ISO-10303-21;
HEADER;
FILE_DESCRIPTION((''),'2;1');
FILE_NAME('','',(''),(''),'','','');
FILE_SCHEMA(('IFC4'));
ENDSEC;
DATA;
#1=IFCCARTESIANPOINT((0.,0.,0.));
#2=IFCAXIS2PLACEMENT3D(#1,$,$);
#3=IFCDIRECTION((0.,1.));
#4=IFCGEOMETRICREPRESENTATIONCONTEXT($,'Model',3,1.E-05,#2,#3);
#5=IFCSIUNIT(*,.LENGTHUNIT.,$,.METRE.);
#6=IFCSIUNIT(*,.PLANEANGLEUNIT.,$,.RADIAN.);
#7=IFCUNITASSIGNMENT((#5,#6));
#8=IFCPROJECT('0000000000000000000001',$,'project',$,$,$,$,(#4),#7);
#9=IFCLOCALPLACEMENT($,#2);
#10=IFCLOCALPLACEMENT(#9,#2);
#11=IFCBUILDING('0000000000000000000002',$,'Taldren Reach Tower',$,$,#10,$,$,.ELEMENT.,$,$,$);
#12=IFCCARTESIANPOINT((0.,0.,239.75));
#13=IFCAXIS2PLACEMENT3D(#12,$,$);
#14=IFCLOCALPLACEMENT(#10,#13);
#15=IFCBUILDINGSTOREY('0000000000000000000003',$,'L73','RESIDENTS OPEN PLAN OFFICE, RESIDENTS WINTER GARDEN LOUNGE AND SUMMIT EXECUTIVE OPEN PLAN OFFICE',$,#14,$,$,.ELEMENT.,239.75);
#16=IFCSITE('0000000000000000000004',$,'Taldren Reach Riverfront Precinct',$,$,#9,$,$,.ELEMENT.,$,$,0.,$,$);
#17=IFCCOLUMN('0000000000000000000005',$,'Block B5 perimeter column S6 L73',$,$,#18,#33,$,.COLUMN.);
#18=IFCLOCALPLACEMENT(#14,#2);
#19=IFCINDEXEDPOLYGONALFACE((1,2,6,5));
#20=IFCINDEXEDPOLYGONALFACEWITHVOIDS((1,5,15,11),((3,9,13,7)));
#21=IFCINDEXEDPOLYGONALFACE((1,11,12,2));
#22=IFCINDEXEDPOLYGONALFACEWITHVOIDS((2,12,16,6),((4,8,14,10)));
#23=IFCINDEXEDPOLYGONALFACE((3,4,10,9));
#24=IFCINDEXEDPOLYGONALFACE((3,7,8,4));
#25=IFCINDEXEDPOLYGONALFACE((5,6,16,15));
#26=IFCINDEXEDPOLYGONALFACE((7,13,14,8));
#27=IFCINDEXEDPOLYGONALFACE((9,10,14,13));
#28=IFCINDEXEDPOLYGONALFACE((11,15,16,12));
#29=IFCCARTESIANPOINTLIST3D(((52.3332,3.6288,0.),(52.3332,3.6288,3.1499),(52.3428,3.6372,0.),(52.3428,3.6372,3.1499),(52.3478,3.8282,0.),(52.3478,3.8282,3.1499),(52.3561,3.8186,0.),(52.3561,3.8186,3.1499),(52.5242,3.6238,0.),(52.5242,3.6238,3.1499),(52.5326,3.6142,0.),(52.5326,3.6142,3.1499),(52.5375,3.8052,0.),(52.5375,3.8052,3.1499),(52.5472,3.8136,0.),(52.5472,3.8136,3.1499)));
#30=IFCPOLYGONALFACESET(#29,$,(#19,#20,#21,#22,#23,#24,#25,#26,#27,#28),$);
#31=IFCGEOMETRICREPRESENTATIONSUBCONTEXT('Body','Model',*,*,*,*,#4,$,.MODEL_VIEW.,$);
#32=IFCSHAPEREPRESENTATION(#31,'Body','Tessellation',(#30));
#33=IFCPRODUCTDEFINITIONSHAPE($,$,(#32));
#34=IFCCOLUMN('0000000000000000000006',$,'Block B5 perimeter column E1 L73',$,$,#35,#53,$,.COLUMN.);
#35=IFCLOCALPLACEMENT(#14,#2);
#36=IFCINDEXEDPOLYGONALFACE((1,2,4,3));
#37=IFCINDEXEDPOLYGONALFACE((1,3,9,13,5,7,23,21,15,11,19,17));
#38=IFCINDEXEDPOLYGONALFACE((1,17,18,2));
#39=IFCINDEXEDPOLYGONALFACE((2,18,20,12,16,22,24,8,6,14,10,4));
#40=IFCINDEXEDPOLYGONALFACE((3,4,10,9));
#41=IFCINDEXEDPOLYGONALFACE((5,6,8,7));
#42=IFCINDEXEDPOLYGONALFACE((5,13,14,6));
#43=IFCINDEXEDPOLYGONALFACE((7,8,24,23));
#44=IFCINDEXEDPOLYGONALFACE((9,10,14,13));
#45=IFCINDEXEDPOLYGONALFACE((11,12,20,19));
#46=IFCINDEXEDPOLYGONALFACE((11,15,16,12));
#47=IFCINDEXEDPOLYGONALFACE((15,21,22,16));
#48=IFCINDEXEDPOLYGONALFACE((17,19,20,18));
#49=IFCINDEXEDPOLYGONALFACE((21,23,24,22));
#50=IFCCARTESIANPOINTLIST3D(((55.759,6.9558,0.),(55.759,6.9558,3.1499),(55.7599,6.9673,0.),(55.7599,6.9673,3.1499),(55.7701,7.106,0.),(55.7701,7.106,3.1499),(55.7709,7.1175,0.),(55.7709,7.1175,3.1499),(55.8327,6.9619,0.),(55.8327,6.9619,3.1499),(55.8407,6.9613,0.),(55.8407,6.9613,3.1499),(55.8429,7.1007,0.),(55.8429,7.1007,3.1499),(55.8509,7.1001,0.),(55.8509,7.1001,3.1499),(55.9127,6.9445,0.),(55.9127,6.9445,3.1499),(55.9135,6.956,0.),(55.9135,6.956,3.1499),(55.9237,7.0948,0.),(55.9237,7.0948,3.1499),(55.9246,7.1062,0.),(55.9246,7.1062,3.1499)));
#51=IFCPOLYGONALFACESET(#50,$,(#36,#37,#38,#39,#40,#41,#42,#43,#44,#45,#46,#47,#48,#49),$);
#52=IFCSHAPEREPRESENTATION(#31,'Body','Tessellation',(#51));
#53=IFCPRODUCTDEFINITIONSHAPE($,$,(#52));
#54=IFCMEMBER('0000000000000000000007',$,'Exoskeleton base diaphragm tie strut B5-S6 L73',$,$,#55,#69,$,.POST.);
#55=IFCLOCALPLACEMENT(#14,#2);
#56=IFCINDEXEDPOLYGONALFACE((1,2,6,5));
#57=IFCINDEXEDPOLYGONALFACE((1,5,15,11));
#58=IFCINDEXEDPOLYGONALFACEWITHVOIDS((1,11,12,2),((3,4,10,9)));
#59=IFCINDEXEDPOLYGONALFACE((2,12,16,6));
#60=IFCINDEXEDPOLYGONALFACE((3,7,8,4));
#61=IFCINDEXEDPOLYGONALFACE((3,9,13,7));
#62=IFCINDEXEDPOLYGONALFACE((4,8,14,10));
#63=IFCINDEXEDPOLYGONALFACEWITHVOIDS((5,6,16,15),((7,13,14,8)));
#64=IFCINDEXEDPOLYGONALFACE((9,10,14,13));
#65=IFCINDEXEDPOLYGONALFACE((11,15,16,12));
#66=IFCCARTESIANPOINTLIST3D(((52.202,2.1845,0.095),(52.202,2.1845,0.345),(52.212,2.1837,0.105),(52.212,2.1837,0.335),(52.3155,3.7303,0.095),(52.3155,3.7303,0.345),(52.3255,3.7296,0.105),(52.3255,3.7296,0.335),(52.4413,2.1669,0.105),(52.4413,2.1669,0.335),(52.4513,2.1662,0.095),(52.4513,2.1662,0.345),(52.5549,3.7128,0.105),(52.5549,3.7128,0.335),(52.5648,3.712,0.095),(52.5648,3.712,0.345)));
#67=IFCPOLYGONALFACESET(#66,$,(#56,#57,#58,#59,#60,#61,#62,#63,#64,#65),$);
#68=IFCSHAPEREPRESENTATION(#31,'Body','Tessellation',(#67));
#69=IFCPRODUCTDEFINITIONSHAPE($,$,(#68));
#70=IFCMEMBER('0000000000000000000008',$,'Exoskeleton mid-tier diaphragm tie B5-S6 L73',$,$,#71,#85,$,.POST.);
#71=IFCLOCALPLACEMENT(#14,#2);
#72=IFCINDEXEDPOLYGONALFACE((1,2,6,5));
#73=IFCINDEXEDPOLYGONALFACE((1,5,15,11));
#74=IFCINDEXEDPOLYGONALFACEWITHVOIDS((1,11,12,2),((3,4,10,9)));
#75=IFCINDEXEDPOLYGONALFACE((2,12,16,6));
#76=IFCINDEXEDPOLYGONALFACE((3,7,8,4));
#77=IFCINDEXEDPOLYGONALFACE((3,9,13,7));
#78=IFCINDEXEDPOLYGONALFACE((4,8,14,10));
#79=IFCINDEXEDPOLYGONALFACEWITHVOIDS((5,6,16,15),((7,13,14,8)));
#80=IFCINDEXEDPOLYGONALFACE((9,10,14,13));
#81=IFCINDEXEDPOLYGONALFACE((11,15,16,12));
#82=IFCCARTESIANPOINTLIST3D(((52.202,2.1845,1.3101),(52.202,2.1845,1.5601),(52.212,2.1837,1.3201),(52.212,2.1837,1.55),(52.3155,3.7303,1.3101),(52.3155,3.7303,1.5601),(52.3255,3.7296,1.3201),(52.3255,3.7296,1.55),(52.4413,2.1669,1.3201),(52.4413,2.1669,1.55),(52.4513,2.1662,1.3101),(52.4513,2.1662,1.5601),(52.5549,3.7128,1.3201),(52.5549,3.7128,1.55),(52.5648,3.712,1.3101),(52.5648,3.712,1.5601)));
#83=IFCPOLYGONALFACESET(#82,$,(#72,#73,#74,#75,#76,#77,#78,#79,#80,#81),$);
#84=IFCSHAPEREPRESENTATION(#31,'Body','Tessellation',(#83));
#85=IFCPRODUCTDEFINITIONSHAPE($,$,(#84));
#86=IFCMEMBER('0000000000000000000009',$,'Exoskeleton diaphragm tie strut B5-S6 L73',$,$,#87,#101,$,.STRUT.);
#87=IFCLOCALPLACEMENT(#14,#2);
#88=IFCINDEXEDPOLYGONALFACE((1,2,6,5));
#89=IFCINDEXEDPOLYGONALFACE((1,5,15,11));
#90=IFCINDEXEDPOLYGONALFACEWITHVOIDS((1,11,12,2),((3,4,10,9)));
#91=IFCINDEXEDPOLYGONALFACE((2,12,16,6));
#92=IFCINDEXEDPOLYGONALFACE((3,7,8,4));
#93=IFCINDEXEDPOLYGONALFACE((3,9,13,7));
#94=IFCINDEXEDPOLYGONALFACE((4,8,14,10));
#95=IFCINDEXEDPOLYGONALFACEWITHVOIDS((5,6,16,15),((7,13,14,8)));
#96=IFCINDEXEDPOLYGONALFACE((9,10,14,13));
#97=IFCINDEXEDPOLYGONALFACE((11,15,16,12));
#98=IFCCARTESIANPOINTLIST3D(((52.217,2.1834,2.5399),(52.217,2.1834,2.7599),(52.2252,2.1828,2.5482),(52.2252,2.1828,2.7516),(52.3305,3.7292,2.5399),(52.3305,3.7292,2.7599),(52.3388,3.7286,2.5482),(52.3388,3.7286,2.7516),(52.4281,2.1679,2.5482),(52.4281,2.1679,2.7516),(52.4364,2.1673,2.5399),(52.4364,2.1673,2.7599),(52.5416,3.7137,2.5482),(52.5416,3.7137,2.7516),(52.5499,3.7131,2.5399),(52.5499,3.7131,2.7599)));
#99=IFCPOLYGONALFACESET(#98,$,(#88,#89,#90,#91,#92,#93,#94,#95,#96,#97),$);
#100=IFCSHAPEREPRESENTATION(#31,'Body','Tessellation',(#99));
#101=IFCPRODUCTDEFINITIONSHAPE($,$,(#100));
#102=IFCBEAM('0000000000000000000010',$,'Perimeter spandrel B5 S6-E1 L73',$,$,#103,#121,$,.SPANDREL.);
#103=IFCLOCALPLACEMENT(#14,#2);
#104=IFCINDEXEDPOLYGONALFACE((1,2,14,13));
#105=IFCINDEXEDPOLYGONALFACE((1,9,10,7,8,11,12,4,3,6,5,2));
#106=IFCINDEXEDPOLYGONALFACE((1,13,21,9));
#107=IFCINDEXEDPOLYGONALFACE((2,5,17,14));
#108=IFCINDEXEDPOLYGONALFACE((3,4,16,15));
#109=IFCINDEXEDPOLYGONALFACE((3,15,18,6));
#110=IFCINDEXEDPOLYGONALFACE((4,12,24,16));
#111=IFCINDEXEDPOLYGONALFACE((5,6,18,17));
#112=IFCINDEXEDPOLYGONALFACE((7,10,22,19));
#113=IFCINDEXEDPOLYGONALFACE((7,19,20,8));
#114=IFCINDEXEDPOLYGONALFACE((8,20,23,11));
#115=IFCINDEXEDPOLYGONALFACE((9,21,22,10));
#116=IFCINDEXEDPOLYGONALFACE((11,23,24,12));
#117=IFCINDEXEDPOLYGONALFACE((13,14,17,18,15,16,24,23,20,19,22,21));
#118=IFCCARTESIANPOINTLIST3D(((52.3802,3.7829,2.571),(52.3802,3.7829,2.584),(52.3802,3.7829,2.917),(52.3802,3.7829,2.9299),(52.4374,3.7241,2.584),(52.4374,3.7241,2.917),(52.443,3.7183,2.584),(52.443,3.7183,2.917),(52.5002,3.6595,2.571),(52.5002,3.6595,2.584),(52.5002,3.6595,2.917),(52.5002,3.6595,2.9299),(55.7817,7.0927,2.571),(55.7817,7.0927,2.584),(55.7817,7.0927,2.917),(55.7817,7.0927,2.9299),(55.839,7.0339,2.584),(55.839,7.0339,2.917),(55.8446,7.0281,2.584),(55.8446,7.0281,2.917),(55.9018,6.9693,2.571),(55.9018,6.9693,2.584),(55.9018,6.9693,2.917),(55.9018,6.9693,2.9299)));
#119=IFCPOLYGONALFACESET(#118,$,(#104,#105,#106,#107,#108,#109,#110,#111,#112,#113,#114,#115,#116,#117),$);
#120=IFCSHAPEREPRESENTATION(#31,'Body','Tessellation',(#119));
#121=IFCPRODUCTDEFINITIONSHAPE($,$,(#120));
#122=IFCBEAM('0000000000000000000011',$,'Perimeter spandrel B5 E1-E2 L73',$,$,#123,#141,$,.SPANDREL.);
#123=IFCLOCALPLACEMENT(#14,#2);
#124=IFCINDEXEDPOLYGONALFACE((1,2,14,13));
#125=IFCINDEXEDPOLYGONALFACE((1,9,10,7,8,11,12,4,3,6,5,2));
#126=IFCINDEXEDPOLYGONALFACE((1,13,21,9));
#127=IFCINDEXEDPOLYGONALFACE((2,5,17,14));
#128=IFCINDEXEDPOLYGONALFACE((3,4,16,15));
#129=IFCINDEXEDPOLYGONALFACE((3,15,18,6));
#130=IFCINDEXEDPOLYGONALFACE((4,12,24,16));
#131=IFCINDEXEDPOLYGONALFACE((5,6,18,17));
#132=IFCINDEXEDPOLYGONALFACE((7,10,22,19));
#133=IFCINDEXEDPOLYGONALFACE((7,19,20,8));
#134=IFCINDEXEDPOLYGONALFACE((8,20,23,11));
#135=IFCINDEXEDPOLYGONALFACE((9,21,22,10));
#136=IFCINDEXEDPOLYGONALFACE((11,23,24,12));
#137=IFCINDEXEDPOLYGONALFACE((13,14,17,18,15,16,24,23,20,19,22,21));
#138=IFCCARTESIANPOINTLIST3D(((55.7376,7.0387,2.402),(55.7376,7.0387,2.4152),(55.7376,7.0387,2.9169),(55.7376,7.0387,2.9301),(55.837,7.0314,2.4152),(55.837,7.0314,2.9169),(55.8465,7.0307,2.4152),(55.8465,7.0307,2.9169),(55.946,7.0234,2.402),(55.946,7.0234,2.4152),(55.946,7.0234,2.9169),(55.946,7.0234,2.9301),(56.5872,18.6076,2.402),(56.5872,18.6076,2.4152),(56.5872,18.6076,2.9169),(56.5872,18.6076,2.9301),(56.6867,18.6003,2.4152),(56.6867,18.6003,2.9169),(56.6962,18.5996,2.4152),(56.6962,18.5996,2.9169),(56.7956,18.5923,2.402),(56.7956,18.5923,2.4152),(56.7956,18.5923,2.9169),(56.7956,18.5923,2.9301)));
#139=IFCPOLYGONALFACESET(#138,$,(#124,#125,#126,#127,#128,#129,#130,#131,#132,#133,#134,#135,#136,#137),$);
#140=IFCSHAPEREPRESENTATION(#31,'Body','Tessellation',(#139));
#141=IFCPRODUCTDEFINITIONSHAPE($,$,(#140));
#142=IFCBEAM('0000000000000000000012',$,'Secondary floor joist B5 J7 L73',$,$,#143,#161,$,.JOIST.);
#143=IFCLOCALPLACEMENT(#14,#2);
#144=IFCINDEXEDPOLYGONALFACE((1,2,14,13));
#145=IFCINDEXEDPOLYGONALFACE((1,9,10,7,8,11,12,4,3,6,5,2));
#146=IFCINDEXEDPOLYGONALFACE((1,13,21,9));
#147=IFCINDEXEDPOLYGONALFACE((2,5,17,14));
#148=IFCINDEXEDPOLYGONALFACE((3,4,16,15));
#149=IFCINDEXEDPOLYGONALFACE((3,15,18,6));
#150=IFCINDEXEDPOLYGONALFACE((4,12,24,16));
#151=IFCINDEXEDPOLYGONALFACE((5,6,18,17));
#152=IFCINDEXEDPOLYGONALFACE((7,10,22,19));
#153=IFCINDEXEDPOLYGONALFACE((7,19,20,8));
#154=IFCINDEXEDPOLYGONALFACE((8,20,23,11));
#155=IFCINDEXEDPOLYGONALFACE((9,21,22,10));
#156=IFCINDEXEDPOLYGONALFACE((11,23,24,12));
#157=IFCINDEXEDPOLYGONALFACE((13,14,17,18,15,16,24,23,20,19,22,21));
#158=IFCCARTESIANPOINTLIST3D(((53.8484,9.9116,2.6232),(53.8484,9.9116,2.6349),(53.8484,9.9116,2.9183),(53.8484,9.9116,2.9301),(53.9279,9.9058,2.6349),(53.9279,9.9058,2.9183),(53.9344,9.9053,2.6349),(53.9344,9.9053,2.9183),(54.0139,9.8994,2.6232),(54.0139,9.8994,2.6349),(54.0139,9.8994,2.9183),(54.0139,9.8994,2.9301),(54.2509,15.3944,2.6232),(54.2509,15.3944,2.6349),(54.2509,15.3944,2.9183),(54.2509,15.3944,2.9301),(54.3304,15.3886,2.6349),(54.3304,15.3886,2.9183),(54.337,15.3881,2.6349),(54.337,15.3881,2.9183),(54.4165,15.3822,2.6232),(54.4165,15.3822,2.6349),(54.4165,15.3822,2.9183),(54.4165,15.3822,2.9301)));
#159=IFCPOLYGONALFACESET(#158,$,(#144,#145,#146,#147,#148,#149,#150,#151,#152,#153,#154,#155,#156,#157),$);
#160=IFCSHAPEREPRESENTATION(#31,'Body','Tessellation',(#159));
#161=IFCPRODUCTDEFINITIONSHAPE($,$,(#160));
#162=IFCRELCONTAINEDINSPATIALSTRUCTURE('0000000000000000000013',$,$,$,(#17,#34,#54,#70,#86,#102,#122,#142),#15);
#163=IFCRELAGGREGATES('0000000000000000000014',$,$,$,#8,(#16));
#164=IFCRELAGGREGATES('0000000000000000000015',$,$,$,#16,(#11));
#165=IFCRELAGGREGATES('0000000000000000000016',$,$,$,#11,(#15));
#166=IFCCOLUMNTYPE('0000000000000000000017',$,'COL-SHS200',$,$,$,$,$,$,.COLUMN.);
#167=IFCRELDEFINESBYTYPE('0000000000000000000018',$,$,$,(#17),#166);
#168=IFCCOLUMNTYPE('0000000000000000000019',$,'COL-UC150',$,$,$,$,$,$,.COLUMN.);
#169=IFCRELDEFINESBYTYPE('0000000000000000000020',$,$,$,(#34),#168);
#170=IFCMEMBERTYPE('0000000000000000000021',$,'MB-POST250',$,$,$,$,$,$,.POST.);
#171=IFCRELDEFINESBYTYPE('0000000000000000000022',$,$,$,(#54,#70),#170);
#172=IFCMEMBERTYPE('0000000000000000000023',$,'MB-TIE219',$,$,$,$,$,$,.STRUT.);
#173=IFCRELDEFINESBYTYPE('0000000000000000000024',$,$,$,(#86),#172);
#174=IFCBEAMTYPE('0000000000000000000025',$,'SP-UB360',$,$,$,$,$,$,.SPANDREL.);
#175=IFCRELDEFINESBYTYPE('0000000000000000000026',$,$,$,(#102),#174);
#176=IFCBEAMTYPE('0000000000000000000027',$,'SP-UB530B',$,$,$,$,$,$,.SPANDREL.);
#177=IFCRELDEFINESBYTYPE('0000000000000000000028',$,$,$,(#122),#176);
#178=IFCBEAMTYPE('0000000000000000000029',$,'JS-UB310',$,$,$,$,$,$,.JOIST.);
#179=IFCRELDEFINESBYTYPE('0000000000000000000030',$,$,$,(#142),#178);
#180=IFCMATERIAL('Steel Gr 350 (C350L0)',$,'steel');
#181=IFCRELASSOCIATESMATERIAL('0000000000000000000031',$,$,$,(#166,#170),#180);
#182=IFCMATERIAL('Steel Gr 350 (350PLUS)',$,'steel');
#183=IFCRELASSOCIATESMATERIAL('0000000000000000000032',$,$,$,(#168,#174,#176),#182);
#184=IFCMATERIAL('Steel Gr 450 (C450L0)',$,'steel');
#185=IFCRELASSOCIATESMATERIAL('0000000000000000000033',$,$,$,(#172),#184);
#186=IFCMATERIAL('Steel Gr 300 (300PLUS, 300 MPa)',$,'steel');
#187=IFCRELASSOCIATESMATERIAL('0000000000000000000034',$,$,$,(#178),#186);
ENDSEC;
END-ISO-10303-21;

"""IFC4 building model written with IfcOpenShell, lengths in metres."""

from ifc_helpers import new_model, si_unit, direction, frame, origin, origin_2d, place, context, subcontext, project, spatial, hollow_rectangle, i_section, extrude, source, transform, mapped, material, material_profile, profile_set, type_object, element, save


model = new_model("IFC4")

# Units and contexts
model_context = context("Model", 3, precision=1e-05, world=origin(), true_north=direction((0.0, 1.0)))
body_context = subcontext(model_context, "Body", "Model", "MODEL_VIEW")
ifc_project = project(units=[si_unit("LENGTHUNIT", "METRE"), si_unit("PLANEANGLEUNIT", "RADIAN")], contexts=[model_context])

# Site, building, storey
site_placement = place(None, origin())
site = spatial("IfcSite", under=ifc_project, at=site_placement, Name="Taldren Reach Riverfront Precinct", CompositionType="ELEMENT", RefElevation=0.0)
building_placement = place(site_placement, origin())
building = spatial("IfcBuilding", under=site, at=building_placement, Name="Taldren Reach Tower", CompositionType="ELEMENT")
storey_placement = place(building_placement, frame((0.0, 0.0, 239.75)))
storey = spatial("IfcBuildingStorey", under=building, at=storey_placement, Name="L73", Description="RESIDENTS OPEN PLAN OFFICE, RESIDENTS WINTER GARDEN LOUNGE AND SUMMIT EXECUTIVE OPEN PLAN OFFICE", CompositionType="ELEMENT", Elevation=239.75)

# Columns
ifc_material_1 = material(Name="Steel Gr 350 (C350L0)", Category="steel")
ifc_material_profile_1 = material_profile(ifc_material_1, hollow_rectangle(XDim=0.2, YDim=0.2, WallThickness=0.009, at=origin_2d()), Name="200x200x9.0SHS")
ifc_profile_set_1 = profile_set([ifc_material_profile_1], Name="Steel Gr 350 (C350L0)")
column_type_1 = type_object("IfcColumnType", Name="COL-SHS200", PredefinedType="COLUMN", material=ifc_profile_set_1)
shared_shape_1 = source(origin(), body_context, "Body", "SweptSolid", [
    extrude(hollow_rectangle(XDim=0.2, YDim=0.2, WallThickness=0.009, at=origin_2d()), origin(), (0.0, 0.0, 1.0), 3.1499),
])
column_1_placement = place(storey_placement, frame((52.4402, 3.7212, 0.0), z_axis=(0.0, 0.0, 1.0), x_axis=(0.997314, -0.073238, 0.0)))
element("IfcColumn", 1, at=column_1_placement, inside=storey, type_object=column_type_1, Name="Block B5 perimeter column S6 L73", PredefinedType="COLUMN", context=body_context, shape_type="MappedRepresentation", body=[
    mapped(shared_shape_1, transform((0.0, 0.0, 0.0), scale=1.0)),
])
ifc_material_2 = material(Name="Steel Gr 350 (350PLUS)", Category="steel")
ifc_material_profile_2 = material_profile(ifc_material_2, i_section(OverallWidth=0.1541, OverallDepth=0.1621, WebThickness=0.0081, FlangeThickness=0.0115, at=origin_2d()), Name="150UC37.2")
ifc_profile_set_2 = profile_set([ifc_material_profile_2], Name="Steel Gr 350 (350PLUS)")
column_type_2 = type_object("IfcColumnType", Name="COL-UC150", PredefinedType="COLUMN", material=ifc_profile_set_2)
shared_shape_2 = source(origin(), body_context, "Body", "SweptSolid", [
    extrude(i_section(OverallWidth=0.1541, OverallDepth=0.1621, WebThickness=0.0081, FlangeThickness=0.0115, at=origin_2d()), origin(), (0.0, 0.0, 1.0), 3.1499),
])
column_2_placement = place(storey_placement, frame((55.8418, 7.031, 0.0), z_axis=(0.0, 0.0, 1.0), x_axis=(0.997314, -0.073238, 0.0)))
element("IfcColumn", 2, at=column_2_placement, inside=storey, type_object=column_type_2, Name="Block B5 perimeter column E1 L73", PredefinedType="COLUMN", context=body_context, shape_type="MappedRepresentation", body=[
    mapped(shared_shape_2, transform((0.0, 0.0, 0.0), scale=1.0)),
])

# Members
ifc_material_profile_3 = material_profile(ifc_material_1, hollow_rectangle(XDim=0.25, YDim=0.25, WallThickness=0.01, at=origin_2d()), Name="250x250x10.0SHS")
ifc_profile_set_3 = profile_set([ifc_material_profile_3], Name="Steel Gr 350 (C350L0)")
member_type_1 = type_object("IfcMemberType", Name="MB-POST250", PredefinedType="POST", material=ifc_profile_set_3)
shared_shape_3 = source(origin(), body_context, "Body", "SweptSolid", [
    extrude(hollow_rectangle(XDim=0.25, YDim=0.25, WallThickness=0.01, at=origin_2d()), origin(), (0.0, 0.0, 1.0), 1.55),
])
for number, where, z_axis, x_axis, name in (
    (3, (52.4402, 3.7212, 0.22), (-0.073239, -0.997314, 0.0), (0.997314, -0.073239, 0.0), "Exoskeleton base diaphragm tie strut B5-S6 L73"),
    (4, (52.4402, 3.7212, 1.4351), (-0.073239, -0.997314, 0.0), (0.997314, -0.073239, 0.0), "Exoskeleton mid-tier diaphragm tie B5-S6 L73"),
):
    element("IfcMember", number, at=place(storey_placement, frame(where, z_axis=z_axis, x_axis=x_axis)), inside=storey, type_object=member_type_1, Name=name, PredefinedType="POST", context=body_context, shape_type="MappedRepresentation", body=[
        mapped(shared_shape_3, transform((0.0, 0.0, 0.0), scale=1.0)),
    ])
ifc_material_3 = material(Name="Steel Gr 450 (C450L0)", Category="steel")
ifc_material_profile_4 = material_profile(ifc_material_3, hollow_rectangle(XDim=0.22, YDim=0.22, WallThickness=0.0083, at=origin_2d()), Name="220x220x8.2SHS")
ifc_profile_set_4 = profile_set([ifc_material_profile_4], Name="Steel Gr 450 (C450L0)")
member_type_2 = type_object("IfcMemberType", Name="MB-TIE219", PredefinedType="STRUT", material=ifc_profile_set_4)
shared_shape_4 = source(origin(), body_context, "Body", "SweptSolid", [
    extrude(hollow_rectangle(XDim=0.22, YDim=0.22, WallThickness=0.0083, at=origin_2d()), origin(), (0.0, 0.0, 1.0), 1.55),
])
member_1_placement = place(storey_placement, frame((52.4402, 3.7212, 2.6499), z_axis=(-0.073239, -0.997314, 0.0), x_axis=(0.997314, -0.073239, 0.0)))
element("IfcMember", 5, at=member_1_placement, inside=storey, type_object=member_type_2, Name="Exoskeleton diaphragm tie strut B5-S6 L73", PredefinedType="STRUT", context=body_context, shape_type="MappedRepresentation", body=[
    mapped(shared_shape_4, transform((0.0, 0.0, 0.0), scale=1.0)),
])

# Beams
ifc_material_profile_5 = material_profile(ifc_material_2, i_section(OverallWidth=0.1721, OverallDepth=0.3589, WebThickness=0.0081, FlangeThickness=0.0129, at=origin_2d()), Name="360UB56.7")
ifc_profile_set_5 = profile_set([ifc_material_profile_5], Name="Steel Gr 350 (350PLUS)")
beam_type_1 = type_object("IfcBeamType", Name="SP-UB360", PredefinedType="SPANDREL", material=ifc_profile_set_5)
shared_shape_5 = source(origin(), body_context, "Body", "SweptSolid", [
    extrude(i_section(OverallWidth=0.1721, OverallDepth=0.3589, WebThickness=0.0081, FlangeThickness=0.0129, at=origin_2d()), origin(), (0.0, 0.0, 1.0), 4.7461),
])
beam_1_placement = place(storey_placement, frame((52.4402, 3.7212, 2.7505), z_axis=(0.716711, 0.69737, 0.0), x_axis=(-0.69737, 0.716711, 0.0)))
element("IfcBeam", 6, at=beam_1_placement, inside=storey, type_object=beam_type_1, Name="Perimeter spandrel B5 S6-E1 L73", PredefinedType="SPANDREL", context=body_context, shape_type="MappedRepresentation", body=[
    mapped(shared_shape_5, transform((0.0, 0.0, 0.0), scale=1.0)),
])
ifc_material_profile_6 = material_profile(ifc_material_2, i_section(OverallWidth=0.209, OverallDepth=0.5281, WebThickness=0.0095, FlangeThickness=0.0132, at=origin_2d()), Name="530UB82.0")
ifc_profile_set_6 = profile_set([ifc_material_profile_6], Name="Steel Gr 350 (350PLUS)")
beam_type_2 = type_object("IfcBeamType", Name="SP-UB530B", PredefinedType="SPANDREL", material=ifc_profile_set_6)
shared_shape_6 = source(origin(), body_context, "Body", "SweptSolid", [
    extrude(i_section(OverallWidth=0.209, OverallDepth=0.5281, WebThickness=0.0095, FlangeThickness=0.0132, at=origin_2d()), origin(), (0.0, 0.0, 1.0), 11.6001),
])
beam_2_placement = place(storey_placement, frame((55.8418, 7.031, 2.666), z_axis=(0.073242, 0.997314, 0.0), x_axis=(-0.997314, 0.073242, 0.0)))
element("IfcBeam", 7, at=beam_2_placement, inside=storey, type_object=beam_type_2, Name="Perimeter spandrel B5 E1-E2 L73", PredefinedType="SPANDREL", context=body_context, shape_type="MappedRepresentation", body=[
    mapped(shared_shape_6, transform((0.0, 0.0, 0.0), scale=1.0)),
])
ifc_material_4 = material(Name="Steel Gr 300 (300PLUS, 300 MPa)", Category="steel")
ifc_material_profile_7 = material_profile(ifc_material_4, i_section(OverallWidth=0.166, OverallDepth=0.3069, WebThickness=0.0066, FlangeThickness=0.0117, at=origin_2d()), Name="310UB46.2")
ifc_profile_set_7 = profile_set([ifc_material_profile_7], Name="Steel Gr 300 (300PLUS, 300 MPa)")
beam_type_3 = type_object("IfcBeamType", Name="JS-UB310", PredefinedType="JOIST", material=ifc_profile_set_7)
shared_shape_7 = source(origin(), body_context, "Body", "SweptSolid", [
    extrude(i_section(OverallWidth=0.166, OverallDepth=0.3069, WebThickness=0.0066, FlangeThickness=0.0117, at=origin_2d()), origin(), (0.0, 0.0, 1.0), 5.4976),
])
beam_3_placement = place(storey_placement, frame((53.9312, 9.9055, 2.7766), z_axis=(0.073229, 0.997315, 0.0), x_axis=(-0.997315, 0.073229, 0.0)))
element("IfcBeam", 8, at=beam_3_placement, inside=storey, type_object=beam_type_3, Name="Secondary floor joist B5 J7 L73", PredefinedType="JOIST", context=body_context, shape_type="MappedRepresentation", body=[
    mapped(shared_shape_7, transform((0.0, 0.0, 0.0), scale=1.0)),
])

save(model, "model.ifc")
